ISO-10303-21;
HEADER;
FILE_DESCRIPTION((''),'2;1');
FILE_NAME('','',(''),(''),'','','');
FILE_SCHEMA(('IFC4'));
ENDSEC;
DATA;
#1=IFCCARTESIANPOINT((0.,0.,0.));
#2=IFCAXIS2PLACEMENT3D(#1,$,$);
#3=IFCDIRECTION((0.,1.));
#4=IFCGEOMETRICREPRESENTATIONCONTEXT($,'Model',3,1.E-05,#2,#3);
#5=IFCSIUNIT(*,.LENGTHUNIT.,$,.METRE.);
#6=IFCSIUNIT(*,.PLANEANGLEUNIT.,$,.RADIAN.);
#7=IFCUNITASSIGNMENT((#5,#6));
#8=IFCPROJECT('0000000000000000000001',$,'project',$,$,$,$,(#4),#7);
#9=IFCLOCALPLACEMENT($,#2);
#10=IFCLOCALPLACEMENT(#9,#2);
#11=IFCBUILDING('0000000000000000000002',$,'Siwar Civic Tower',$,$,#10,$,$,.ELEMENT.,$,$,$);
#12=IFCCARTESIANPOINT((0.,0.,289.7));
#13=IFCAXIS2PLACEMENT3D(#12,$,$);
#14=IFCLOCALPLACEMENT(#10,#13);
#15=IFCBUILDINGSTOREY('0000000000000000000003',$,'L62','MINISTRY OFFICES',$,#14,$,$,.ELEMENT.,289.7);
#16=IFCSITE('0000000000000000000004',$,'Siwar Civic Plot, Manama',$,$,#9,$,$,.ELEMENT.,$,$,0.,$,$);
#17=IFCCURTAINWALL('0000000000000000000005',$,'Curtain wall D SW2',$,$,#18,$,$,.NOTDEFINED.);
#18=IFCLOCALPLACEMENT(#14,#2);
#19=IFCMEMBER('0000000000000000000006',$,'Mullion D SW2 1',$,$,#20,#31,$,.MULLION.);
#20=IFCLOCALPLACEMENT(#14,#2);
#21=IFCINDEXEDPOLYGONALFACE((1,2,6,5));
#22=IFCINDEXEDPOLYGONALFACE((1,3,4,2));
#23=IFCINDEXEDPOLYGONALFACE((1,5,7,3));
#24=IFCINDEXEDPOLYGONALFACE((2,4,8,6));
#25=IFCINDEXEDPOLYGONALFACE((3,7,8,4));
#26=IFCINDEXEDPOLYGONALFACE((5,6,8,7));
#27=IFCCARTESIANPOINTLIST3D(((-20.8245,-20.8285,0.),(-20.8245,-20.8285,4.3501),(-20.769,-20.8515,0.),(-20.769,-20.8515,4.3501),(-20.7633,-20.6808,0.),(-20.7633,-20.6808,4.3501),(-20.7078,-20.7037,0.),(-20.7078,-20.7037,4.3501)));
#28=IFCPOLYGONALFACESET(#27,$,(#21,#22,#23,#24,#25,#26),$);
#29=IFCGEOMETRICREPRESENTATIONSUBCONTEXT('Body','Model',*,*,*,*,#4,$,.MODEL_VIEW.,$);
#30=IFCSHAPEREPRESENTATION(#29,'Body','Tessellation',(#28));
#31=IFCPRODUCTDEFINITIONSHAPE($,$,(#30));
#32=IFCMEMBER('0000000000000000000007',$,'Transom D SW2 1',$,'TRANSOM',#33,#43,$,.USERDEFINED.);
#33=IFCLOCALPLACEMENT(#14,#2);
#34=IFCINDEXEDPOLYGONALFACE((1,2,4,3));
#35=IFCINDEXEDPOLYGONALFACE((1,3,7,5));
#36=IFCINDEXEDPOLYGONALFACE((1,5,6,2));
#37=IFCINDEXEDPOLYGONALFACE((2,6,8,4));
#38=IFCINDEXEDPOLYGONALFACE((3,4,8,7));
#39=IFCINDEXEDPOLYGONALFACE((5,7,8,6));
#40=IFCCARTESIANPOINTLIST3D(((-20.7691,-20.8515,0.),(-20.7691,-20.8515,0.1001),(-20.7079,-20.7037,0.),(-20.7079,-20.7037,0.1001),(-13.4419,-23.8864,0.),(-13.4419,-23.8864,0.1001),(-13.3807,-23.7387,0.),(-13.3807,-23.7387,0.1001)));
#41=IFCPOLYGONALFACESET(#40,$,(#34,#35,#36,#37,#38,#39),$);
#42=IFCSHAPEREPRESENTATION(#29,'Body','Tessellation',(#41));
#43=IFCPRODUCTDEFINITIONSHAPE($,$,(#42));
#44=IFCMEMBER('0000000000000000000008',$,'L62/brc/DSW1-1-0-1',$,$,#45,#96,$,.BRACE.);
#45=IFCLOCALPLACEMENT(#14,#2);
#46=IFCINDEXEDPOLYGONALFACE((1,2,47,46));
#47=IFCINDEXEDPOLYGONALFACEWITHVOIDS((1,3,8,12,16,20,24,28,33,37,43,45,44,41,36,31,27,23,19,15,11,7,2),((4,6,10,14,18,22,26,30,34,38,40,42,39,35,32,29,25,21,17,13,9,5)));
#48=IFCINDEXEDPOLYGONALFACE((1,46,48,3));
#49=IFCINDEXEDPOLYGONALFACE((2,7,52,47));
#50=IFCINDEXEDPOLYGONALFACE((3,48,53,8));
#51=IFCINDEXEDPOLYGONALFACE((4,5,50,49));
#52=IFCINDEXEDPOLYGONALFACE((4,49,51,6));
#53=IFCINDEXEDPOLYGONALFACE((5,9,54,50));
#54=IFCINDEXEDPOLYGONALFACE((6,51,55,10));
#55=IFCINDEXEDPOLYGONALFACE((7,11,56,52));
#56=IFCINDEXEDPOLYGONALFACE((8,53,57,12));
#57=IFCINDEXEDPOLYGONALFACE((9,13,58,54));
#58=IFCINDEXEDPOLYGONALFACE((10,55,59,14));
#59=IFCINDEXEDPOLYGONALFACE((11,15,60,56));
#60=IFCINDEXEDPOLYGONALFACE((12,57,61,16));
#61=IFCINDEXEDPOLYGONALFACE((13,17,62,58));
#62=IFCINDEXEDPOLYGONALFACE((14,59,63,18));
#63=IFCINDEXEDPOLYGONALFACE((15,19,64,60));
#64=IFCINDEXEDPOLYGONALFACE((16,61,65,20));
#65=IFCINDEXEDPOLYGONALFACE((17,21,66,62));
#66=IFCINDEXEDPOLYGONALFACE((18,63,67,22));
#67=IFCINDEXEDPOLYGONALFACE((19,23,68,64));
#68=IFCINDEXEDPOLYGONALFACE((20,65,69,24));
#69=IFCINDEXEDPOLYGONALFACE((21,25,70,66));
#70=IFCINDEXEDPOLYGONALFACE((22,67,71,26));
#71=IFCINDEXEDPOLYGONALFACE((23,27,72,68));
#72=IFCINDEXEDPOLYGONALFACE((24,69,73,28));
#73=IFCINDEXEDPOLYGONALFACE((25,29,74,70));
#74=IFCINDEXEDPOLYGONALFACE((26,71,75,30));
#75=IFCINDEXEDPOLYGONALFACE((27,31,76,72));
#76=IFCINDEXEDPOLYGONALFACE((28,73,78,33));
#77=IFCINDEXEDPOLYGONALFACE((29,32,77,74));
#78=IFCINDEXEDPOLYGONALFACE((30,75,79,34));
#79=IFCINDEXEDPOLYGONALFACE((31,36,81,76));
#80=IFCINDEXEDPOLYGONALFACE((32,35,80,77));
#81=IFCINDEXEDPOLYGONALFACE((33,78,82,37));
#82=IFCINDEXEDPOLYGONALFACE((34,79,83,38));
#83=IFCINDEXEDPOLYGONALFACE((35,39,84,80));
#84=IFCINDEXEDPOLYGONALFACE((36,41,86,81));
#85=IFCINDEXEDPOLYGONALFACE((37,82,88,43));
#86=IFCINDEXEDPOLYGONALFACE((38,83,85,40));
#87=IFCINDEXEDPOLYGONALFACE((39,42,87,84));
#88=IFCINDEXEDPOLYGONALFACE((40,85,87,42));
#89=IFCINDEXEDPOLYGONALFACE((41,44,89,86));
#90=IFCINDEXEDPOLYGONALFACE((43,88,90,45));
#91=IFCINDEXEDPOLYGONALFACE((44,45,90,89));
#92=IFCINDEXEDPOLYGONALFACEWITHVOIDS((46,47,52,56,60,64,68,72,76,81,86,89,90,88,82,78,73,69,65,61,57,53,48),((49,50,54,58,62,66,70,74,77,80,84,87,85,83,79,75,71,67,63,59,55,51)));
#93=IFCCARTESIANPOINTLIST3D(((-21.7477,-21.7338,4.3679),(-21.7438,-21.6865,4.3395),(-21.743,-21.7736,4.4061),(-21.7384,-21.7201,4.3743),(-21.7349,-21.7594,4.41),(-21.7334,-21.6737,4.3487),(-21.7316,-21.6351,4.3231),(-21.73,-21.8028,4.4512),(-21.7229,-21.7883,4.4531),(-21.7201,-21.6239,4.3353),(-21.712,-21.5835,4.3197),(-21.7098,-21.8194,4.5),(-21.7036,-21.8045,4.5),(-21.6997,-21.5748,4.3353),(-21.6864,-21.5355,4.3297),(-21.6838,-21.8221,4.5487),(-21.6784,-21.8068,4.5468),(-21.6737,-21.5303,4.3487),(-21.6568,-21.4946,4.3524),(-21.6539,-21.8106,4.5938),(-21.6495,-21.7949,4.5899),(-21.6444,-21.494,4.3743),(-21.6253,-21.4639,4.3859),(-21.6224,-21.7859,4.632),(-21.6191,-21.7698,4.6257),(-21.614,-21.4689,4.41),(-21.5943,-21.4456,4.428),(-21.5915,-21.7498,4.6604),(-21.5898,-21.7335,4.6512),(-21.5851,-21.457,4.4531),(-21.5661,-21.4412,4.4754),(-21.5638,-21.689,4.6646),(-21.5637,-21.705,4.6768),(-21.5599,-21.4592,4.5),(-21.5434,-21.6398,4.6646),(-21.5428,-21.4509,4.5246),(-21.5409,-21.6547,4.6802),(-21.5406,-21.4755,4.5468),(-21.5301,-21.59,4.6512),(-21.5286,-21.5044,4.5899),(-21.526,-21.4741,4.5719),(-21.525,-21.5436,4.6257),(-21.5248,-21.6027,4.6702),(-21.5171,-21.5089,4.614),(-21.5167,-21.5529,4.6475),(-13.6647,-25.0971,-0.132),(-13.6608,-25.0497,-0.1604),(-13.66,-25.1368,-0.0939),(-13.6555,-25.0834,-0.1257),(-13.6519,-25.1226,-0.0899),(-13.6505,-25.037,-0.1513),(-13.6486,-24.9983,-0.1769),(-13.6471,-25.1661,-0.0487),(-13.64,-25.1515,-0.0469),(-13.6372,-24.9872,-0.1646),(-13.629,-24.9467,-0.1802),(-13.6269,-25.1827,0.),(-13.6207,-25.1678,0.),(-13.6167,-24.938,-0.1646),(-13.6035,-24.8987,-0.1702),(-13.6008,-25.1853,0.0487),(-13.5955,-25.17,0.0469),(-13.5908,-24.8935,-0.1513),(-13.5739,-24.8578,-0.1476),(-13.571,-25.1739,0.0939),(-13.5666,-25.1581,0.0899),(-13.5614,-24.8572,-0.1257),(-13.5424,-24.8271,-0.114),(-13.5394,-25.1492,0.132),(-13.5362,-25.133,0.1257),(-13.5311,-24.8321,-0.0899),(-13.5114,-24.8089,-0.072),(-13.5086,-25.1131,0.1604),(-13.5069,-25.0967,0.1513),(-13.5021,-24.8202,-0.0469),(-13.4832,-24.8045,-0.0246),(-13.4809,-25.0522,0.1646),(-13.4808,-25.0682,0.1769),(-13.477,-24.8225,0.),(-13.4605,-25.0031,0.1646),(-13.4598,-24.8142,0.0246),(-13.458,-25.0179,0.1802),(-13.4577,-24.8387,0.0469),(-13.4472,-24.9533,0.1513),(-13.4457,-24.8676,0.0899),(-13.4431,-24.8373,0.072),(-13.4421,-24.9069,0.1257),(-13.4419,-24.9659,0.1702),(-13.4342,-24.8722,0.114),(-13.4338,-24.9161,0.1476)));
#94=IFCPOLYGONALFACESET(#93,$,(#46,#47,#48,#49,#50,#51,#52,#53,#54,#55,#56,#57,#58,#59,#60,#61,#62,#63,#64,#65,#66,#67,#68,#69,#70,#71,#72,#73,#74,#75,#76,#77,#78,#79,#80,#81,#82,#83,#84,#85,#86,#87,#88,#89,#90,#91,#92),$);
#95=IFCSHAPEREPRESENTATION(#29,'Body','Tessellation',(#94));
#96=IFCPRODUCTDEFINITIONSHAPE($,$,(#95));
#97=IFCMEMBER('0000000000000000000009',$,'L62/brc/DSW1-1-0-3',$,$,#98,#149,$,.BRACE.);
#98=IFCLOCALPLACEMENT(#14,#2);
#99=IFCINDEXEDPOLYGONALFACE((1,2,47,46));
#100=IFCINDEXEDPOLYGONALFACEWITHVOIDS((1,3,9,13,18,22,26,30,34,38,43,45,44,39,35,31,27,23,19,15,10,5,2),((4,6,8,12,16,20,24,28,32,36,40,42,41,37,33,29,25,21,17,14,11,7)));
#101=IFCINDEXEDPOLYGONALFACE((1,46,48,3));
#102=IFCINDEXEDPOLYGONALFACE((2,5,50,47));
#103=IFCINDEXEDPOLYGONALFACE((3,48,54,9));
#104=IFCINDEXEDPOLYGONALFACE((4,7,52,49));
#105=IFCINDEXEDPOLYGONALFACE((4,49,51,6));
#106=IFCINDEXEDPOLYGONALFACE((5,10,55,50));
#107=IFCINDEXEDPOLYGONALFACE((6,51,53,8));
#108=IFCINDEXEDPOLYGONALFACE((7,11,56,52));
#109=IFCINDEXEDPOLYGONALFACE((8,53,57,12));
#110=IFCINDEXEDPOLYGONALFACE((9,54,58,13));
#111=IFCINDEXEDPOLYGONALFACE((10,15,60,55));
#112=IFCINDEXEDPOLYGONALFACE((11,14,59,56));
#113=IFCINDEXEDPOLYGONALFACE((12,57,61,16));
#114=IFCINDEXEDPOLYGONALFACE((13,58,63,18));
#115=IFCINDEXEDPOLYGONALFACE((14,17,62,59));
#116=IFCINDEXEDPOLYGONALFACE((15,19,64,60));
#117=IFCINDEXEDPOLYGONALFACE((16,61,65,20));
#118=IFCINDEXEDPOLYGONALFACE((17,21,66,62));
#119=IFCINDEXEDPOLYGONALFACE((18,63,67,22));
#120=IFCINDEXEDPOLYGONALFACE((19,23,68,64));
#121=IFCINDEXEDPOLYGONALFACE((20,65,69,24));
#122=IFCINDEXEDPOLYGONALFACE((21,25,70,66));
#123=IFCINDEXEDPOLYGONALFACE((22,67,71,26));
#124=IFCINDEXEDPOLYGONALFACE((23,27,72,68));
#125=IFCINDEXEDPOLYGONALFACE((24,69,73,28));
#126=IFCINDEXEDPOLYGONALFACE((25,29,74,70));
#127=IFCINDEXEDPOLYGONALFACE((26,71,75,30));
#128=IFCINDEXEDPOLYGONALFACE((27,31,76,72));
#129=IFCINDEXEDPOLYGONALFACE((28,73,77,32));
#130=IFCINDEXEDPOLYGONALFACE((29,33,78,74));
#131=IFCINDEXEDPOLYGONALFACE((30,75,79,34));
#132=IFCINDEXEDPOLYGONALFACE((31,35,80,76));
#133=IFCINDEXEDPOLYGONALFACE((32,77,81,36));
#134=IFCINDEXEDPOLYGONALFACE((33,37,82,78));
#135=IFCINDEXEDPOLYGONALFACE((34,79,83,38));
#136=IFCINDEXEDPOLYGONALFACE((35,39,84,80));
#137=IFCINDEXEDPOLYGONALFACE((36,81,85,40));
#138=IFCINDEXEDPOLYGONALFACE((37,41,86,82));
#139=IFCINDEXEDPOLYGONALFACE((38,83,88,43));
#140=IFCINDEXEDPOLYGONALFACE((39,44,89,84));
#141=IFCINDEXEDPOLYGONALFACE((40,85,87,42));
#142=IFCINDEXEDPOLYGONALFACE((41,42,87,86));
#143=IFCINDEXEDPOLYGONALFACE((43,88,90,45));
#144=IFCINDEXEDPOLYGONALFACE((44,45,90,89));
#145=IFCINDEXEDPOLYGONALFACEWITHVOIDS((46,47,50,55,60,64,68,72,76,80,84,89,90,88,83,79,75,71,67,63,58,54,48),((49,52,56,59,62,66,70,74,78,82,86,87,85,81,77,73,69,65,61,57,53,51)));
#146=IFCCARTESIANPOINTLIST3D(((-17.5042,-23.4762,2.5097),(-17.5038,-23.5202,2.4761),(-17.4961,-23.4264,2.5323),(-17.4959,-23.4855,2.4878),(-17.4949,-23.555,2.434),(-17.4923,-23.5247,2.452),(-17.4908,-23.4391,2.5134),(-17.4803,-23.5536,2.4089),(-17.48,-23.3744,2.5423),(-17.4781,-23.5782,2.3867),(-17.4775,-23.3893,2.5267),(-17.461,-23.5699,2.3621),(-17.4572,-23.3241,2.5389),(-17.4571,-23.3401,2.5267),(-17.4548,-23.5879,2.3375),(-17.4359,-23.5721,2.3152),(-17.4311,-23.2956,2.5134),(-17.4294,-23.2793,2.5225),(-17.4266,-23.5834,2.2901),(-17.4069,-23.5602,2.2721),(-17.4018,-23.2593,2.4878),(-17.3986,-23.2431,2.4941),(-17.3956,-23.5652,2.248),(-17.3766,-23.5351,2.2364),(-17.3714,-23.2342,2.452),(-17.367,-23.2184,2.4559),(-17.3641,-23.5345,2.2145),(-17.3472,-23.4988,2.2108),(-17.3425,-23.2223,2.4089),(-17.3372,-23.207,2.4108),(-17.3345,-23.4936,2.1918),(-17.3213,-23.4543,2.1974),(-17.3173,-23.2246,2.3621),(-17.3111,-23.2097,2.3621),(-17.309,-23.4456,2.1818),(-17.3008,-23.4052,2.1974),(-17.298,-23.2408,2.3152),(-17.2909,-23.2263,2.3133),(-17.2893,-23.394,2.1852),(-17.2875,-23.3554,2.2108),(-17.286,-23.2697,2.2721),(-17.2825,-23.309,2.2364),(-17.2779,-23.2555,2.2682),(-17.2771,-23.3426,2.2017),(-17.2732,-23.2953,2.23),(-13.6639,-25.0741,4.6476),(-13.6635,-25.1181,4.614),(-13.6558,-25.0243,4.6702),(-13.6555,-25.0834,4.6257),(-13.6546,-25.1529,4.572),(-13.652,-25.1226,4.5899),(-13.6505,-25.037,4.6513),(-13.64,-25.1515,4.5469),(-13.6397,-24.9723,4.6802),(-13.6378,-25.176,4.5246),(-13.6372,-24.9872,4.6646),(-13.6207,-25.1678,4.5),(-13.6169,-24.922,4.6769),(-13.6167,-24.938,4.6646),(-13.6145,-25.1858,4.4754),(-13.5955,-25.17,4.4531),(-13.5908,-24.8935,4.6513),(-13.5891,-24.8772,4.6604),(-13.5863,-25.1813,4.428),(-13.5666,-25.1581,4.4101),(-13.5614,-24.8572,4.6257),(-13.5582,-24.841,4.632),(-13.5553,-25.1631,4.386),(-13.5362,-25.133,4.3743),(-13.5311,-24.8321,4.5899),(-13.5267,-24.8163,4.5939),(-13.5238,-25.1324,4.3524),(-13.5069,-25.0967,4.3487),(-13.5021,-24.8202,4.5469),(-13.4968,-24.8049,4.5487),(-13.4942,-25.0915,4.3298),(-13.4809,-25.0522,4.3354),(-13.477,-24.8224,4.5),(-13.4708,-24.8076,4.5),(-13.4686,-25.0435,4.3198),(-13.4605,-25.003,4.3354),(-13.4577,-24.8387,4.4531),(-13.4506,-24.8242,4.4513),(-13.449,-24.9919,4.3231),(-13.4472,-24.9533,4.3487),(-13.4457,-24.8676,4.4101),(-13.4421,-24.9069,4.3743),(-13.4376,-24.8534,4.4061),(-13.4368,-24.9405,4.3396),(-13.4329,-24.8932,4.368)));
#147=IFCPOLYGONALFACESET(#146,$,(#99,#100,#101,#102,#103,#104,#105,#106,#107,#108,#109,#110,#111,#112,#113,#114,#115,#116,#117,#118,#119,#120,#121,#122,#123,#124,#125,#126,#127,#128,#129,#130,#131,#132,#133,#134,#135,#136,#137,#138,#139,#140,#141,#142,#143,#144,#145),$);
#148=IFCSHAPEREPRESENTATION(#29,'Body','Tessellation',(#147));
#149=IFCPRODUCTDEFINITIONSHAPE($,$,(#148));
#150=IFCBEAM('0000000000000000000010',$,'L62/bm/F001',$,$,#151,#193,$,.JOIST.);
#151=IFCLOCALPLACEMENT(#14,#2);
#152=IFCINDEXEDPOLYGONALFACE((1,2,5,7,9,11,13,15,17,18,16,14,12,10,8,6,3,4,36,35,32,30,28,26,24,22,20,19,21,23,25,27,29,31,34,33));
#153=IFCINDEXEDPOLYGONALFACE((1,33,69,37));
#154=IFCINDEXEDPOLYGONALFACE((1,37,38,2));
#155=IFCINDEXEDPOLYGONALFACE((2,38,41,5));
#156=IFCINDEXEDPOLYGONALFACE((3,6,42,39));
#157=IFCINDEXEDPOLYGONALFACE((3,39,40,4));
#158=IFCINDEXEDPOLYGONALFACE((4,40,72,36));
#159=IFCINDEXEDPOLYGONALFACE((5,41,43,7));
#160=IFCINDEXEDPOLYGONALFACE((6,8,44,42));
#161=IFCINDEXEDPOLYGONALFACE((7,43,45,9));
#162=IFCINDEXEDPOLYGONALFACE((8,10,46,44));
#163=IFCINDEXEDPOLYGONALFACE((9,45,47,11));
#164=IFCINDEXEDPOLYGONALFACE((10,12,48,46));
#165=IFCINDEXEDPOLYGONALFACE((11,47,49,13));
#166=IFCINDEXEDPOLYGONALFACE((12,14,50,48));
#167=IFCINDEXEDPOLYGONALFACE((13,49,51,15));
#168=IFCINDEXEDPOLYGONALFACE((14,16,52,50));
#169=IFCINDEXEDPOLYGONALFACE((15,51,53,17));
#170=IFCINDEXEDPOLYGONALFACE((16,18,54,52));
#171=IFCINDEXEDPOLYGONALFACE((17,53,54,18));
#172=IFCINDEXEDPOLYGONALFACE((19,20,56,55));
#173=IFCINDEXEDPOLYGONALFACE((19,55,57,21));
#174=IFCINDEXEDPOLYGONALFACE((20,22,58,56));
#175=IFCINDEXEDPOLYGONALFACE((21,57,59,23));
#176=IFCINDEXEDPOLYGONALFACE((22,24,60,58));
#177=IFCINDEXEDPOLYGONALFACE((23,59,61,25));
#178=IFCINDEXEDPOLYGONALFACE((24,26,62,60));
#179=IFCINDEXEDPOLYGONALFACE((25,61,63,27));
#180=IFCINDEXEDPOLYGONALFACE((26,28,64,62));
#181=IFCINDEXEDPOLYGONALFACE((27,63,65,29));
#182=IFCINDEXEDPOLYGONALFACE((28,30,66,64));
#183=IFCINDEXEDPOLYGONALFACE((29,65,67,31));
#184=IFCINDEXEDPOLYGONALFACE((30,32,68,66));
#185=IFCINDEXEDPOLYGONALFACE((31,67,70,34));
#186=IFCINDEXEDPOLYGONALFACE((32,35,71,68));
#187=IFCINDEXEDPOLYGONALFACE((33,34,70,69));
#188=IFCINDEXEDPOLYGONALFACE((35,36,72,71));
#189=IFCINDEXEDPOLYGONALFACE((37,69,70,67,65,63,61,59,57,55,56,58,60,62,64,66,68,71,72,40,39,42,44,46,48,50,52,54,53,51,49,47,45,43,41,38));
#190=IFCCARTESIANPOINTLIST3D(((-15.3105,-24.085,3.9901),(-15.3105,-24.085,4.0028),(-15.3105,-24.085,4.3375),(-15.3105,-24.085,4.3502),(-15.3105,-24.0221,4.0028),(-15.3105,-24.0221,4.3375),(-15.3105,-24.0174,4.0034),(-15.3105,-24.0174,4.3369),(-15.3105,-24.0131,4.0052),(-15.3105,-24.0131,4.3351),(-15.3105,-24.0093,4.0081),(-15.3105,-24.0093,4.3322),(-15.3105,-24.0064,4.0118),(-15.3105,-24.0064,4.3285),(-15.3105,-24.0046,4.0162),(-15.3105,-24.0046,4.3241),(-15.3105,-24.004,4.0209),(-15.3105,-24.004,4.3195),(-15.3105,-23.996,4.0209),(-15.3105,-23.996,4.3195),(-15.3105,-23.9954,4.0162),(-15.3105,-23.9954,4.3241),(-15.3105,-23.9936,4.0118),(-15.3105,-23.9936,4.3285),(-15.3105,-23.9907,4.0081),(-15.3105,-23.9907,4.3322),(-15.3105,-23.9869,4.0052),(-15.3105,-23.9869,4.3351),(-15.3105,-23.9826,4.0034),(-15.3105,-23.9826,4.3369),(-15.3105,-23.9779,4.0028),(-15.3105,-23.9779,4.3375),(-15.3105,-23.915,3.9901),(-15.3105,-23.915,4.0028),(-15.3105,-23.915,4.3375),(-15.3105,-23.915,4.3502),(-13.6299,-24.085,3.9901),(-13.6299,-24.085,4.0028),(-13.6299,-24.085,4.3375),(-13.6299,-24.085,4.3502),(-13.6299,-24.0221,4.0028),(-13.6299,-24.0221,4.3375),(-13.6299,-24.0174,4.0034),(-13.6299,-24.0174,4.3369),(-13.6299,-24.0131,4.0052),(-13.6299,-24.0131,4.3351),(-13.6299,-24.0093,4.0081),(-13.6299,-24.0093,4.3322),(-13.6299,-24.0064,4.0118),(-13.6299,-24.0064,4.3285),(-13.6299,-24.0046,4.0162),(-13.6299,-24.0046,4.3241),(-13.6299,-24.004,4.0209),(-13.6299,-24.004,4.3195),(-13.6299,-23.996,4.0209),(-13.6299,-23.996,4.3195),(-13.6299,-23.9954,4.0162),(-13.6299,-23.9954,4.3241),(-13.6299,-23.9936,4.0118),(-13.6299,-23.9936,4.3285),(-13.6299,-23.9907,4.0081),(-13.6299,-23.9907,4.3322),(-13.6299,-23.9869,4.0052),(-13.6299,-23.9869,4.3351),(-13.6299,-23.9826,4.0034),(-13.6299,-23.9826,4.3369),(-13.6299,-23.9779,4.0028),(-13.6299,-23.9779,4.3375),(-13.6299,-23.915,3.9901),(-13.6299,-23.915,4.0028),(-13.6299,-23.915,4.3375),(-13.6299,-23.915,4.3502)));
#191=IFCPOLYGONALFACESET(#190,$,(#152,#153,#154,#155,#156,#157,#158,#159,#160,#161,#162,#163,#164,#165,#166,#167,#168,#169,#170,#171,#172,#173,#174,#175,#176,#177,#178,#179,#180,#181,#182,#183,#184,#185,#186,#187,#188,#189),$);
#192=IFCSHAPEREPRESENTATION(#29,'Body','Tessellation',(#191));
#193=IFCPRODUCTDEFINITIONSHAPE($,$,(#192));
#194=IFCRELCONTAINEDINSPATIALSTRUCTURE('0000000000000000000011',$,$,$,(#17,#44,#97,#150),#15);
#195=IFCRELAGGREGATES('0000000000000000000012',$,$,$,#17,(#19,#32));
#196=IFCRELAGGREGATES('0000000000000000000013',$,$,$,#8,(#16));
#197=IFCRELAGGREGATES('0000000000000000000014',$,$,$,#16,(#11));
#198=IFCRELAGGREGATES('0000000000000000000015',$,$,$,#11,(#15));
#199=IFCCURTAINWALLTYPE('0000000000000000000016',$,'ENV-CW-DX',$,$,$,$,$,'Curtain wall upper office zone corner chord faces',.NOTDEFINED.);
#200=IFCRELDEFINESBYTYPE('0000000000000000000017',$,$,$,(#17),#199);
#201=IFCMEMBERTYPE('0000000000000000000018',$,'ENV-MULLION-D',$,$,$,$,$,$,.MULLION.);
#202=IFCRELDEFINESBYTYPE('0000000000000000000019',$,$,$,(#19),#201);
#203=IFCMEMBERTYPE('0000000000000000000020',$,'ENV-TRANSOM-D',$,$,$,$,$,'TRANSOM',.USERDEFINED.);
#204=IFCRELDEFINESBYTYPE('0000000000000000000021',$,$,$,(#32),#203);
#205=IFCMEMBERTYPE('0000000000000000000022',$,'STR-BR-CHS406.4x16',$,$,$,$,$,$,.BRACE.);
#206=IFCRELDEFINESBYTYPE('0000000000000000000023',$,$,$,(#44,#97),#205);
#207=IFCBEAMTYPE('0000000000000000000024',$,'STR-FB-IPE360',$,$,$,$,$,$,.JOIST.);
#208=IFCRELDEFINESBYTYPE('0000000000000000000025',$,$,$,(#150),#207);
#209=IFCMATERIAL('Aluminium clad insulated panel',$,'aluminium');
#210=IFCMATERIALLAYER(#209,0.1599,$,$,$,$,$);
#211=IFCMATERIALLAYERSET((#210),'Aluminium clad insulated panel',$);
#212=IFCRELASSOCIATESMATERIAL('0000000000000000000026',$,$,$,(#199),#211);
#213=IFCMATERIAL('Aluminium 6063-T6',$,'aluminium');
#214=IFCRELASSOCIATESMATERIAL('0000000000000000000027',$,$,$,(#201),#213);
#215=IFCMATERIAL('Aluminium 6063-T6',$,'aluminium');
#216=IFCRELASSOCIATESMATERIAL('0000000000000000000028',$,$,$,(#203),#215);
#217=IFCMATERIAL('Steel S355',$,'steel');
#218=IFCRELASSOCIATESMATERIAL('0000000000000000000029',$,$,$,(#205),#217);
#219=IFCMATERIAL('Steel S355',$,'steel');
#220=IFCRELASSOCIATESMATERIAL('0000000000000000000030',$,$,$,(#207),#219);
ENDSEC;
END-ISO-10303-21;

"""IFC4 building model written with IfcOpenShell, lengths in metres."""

from ifc_helpers import new_model, si_unit, direction, frame, origin, origin_2d, place, context, subcontext, project, spatial, rectangle, hollow_circle, i_section, extrude, material, layer, layer_set, material_profile, profile_set, type_object, element, aggregate, save


model = new_model("IFC4")

# Units and contexts
model_context = context("Model", 3, precision=1e-05, world=origin(), true_north=direction((0.0, 1.0)))
body_context = subcontext(model_context, "Body", "Model", "MODEL_VIEW")
ifc_project = project(units=[si_unit("LENGTHUNIT", "METRE"), si_unit("PLANEANGLEUNIT", "RADIAN")], contexts=[model_context])

# Site, building, storey
site_placement = place(None, origin())
site = spatial("IfcSite", under=ifc_project, at=site_placement, Name="Siwar Civic Plot, Manama", CompositionType="ELEMENT", RefElevation=0.0)
building_placement = place(site_placement, origin())
building = spatial("IfcBuilding", under=site, at=building_placement, Name="Siwar Civic Tower", CompositionType="ELEMENT")
storey_placement = place(building_placement, frame((0.0, 0.0, 289.7)))
storey = spatial("IfcBuildingStorey", under=building, at=storey_placement, Name="L62", Description="MINISTRY OFFICES", CompositionType="ELEMENT", Elevation=289.7)

# Curtain wall, members
ifc_material_1 = material(Name="Aluminium clad insulated panel", Category="aluminium")
ifc_layer_1 = layer(ifc_material_1, 0.1599)
ifc_layer_set_1 = layer_set([ifc_layer_1], Name="Aluminium clad insulated panel")
curtain_wall_type = type_object("IfcCurtainWallType", Name="ENV-CW-DX", ElementType="Curtain wall upper office zone corner chord faces", PredefinedType="NOTDEFINED", material=ifc_layer_set_1)
curtain_wall_placement = place(storey_placement, origin())
curtain_wall = element("IfcCurtainWall", 1, at=curtain_wall_placement, inside=storey, type_object=curtain_wall_type, Name="Curtain wall D SW2", PredefinedType="NOTDEFINED")
ifc_material_2 = material(Name="Aluminium 6063-T6", Category="aluminium")
ifc_material_profile_1 = material_profile(ifc_material_2, rectangle(XDim=0.1599, YDim=0.0601, at=origin_2d()), Name="AL 160x60")
ifc_profile_set_1 = profile_set([ifc_material_profile_1], Name="Aluminium 6063-T6")
member_type_1 = type_object("IfcMemberType", Name="ENV-MULLION-D", PredefinedType="MULLION", material=ifc_profile_set_1)
member_1_placement = place(storey_placement, frame((-20.7661, -20.7661, 0.0), z_axis=(0.0, 0.0, 1.0), x_axis=(0.382683, 0.92388, 0.0)))
member_1 = element("IfcMember", 2, at=member_1_placement, type_object=member_type_1, Name="Mullion D SW2 1", PredefinedType="MULLION", context=body_context, shape_type="SweptSolid", body=[
    extrude(rectangle(XDim=0.1599, YDim=0.0601, at=origin_2d()), origin(), (0.0, 0.0, 1.0), 4.3501),
])
ifc_material_3 = material(Name="Aluminium 6063-T6", Category="aluminium")
ifc_material_profile_2 = material_profile(ifc_material_3, rectangle(XDim=0.1599, YDim=0.1001, at=origin_2d()), Name="AL 160x100")
ifc_profile_set_2 = profile_set([ifc_material_profile_2], Name="Aluminium 6063-T6")
member_type_2 = type_object("IfcMemberType", Name="ENV-TRANSOM-D", ElementType="TRANSOM", PredefinedType="USERDEFINED", material=ifc_profile_set_2)
member_2_placement = place(storey_placement, frame((-20.7385, -20.7776, 0.05), z_axis=(0.923884, -0.382674, 0.0), x_axis=(0.382674, 0.923884, 0.0)))
member_2 = element("IfcMember", 3, at=member_2_placement, type_object=member_type_2, Name="Transom D SW2 1", ObjectType="TRANSOM", PredefinedType="USERDEFINED", context=body_context, shape_type="SweptSolid", body=[
    extrude(rectangle(XDim=0.1599, YDim=0.1001, at=origin_2d()), origin(), (0.0, 0.0, 1.0), 7.9309),
])

# Members
ifc_material_4 = material(Name="Steel S355", Category="steel")
ifc_material_profile_3 = material_profile(ifc_material_4, hollow_circle(Radius=0.2031, WallThickness=0.0161, at=origin_2d()), Name="CHS406.4x16")
ifc_profile_set_3 = profile_set([ifc_material_profile_3], Name="Steel S355")
member_type_3 = type_object("IfcMemberType", Name="STR-BR-CHS406.4x16", PredefinedType="BRACE", material=ifc_profile_set_3)
member_3_placement = place(storey_placement, frame((-13.5488, -24.9951, 0.0), z_axis=(-0.821143, 0.341671, 0.457149), x_axis=(-0.384164, -0.923265, 0.0)))
element("IfcMember", 4, at=member_3_placement, inside=storey, type_object=member_type_3, Name="L62/brc/DSW1-1-0-1", PredefinedType="BRACE", context=body_context, shape_type="SweptSolid", body=[
    extrude(hollow_circle(Radius=0.2031, WallThickness=0.0161, at=origin_2d()), origin(), (0.0, 0.0, 1.0), 9.8435),
])
member_4_placement = place(storey_placement, frame((-17.3892, -23.3972, 2.3621), z_axis=(0.82115, -0.341667, 0.45714), x_axis=(0.384157, 0.923268, 0.0)))
element("IfcMember", 5, at=member_4_placement, inside=storey, type_object=member_type_3, Name="L62/brc/DSW1-1-0-3", PredefinedType="BRACE", context=body_context, shape_type="SweptSolid", body=[
    extrude(hollow_circle(Radius=0.2031, WallThickness=0.0161, at=origin_2d()), origin(), (0.0, 0.0, 1.0), 4.6768),
])

# Beam
ifc_material_5 = material(Name="Steel S355", Category="steel")
ifc_material_profile_4 = material_profile(ifc_material_5, i_section(OverallWidth=0.1699, OverallDepth=0.3601, WebThickness=0.0081, FlangeThickness=0.0127, FilletRadius=0.0181, at=origin_2d()), Name="IPE360")
ifc_profile_set_4 = profile_set([ifc_material_profile_4], Name="Steel S355")
beam_type_1 = type_object("IfcBeamType", Name="STR-FB-IPE360", PredefinedType="JOIST", material=ifc_profile_set_4)
beam_1_placement = place(storey_placement, frame((-15.3105, -24.0, 4.1702), z_axis=(1.0, 0.0, 0.0), x_axis=(0.0, 1.0, 0.0)))
element("IfcBeam", 6, at=beam_1_placement, inside=storey, type_object=beam_type_1, Name="L62/bm/F001", PredefinedType="JOIST", context=body_context, shape_type="SweptSolid", body=[
    extrude(i_section(OverallWidth=0.1699, OverallDepth=0.3601, WebThickness=0.0081, FlangeThickness=0.0127, FilletRadius=0.0181, at=origin_2d()), origin(), (0.0, 0.0, 1.0), 1.6807),
])

aggregate(curtain_wall, [member_1, member_2])

save(model, "model.ifc")
